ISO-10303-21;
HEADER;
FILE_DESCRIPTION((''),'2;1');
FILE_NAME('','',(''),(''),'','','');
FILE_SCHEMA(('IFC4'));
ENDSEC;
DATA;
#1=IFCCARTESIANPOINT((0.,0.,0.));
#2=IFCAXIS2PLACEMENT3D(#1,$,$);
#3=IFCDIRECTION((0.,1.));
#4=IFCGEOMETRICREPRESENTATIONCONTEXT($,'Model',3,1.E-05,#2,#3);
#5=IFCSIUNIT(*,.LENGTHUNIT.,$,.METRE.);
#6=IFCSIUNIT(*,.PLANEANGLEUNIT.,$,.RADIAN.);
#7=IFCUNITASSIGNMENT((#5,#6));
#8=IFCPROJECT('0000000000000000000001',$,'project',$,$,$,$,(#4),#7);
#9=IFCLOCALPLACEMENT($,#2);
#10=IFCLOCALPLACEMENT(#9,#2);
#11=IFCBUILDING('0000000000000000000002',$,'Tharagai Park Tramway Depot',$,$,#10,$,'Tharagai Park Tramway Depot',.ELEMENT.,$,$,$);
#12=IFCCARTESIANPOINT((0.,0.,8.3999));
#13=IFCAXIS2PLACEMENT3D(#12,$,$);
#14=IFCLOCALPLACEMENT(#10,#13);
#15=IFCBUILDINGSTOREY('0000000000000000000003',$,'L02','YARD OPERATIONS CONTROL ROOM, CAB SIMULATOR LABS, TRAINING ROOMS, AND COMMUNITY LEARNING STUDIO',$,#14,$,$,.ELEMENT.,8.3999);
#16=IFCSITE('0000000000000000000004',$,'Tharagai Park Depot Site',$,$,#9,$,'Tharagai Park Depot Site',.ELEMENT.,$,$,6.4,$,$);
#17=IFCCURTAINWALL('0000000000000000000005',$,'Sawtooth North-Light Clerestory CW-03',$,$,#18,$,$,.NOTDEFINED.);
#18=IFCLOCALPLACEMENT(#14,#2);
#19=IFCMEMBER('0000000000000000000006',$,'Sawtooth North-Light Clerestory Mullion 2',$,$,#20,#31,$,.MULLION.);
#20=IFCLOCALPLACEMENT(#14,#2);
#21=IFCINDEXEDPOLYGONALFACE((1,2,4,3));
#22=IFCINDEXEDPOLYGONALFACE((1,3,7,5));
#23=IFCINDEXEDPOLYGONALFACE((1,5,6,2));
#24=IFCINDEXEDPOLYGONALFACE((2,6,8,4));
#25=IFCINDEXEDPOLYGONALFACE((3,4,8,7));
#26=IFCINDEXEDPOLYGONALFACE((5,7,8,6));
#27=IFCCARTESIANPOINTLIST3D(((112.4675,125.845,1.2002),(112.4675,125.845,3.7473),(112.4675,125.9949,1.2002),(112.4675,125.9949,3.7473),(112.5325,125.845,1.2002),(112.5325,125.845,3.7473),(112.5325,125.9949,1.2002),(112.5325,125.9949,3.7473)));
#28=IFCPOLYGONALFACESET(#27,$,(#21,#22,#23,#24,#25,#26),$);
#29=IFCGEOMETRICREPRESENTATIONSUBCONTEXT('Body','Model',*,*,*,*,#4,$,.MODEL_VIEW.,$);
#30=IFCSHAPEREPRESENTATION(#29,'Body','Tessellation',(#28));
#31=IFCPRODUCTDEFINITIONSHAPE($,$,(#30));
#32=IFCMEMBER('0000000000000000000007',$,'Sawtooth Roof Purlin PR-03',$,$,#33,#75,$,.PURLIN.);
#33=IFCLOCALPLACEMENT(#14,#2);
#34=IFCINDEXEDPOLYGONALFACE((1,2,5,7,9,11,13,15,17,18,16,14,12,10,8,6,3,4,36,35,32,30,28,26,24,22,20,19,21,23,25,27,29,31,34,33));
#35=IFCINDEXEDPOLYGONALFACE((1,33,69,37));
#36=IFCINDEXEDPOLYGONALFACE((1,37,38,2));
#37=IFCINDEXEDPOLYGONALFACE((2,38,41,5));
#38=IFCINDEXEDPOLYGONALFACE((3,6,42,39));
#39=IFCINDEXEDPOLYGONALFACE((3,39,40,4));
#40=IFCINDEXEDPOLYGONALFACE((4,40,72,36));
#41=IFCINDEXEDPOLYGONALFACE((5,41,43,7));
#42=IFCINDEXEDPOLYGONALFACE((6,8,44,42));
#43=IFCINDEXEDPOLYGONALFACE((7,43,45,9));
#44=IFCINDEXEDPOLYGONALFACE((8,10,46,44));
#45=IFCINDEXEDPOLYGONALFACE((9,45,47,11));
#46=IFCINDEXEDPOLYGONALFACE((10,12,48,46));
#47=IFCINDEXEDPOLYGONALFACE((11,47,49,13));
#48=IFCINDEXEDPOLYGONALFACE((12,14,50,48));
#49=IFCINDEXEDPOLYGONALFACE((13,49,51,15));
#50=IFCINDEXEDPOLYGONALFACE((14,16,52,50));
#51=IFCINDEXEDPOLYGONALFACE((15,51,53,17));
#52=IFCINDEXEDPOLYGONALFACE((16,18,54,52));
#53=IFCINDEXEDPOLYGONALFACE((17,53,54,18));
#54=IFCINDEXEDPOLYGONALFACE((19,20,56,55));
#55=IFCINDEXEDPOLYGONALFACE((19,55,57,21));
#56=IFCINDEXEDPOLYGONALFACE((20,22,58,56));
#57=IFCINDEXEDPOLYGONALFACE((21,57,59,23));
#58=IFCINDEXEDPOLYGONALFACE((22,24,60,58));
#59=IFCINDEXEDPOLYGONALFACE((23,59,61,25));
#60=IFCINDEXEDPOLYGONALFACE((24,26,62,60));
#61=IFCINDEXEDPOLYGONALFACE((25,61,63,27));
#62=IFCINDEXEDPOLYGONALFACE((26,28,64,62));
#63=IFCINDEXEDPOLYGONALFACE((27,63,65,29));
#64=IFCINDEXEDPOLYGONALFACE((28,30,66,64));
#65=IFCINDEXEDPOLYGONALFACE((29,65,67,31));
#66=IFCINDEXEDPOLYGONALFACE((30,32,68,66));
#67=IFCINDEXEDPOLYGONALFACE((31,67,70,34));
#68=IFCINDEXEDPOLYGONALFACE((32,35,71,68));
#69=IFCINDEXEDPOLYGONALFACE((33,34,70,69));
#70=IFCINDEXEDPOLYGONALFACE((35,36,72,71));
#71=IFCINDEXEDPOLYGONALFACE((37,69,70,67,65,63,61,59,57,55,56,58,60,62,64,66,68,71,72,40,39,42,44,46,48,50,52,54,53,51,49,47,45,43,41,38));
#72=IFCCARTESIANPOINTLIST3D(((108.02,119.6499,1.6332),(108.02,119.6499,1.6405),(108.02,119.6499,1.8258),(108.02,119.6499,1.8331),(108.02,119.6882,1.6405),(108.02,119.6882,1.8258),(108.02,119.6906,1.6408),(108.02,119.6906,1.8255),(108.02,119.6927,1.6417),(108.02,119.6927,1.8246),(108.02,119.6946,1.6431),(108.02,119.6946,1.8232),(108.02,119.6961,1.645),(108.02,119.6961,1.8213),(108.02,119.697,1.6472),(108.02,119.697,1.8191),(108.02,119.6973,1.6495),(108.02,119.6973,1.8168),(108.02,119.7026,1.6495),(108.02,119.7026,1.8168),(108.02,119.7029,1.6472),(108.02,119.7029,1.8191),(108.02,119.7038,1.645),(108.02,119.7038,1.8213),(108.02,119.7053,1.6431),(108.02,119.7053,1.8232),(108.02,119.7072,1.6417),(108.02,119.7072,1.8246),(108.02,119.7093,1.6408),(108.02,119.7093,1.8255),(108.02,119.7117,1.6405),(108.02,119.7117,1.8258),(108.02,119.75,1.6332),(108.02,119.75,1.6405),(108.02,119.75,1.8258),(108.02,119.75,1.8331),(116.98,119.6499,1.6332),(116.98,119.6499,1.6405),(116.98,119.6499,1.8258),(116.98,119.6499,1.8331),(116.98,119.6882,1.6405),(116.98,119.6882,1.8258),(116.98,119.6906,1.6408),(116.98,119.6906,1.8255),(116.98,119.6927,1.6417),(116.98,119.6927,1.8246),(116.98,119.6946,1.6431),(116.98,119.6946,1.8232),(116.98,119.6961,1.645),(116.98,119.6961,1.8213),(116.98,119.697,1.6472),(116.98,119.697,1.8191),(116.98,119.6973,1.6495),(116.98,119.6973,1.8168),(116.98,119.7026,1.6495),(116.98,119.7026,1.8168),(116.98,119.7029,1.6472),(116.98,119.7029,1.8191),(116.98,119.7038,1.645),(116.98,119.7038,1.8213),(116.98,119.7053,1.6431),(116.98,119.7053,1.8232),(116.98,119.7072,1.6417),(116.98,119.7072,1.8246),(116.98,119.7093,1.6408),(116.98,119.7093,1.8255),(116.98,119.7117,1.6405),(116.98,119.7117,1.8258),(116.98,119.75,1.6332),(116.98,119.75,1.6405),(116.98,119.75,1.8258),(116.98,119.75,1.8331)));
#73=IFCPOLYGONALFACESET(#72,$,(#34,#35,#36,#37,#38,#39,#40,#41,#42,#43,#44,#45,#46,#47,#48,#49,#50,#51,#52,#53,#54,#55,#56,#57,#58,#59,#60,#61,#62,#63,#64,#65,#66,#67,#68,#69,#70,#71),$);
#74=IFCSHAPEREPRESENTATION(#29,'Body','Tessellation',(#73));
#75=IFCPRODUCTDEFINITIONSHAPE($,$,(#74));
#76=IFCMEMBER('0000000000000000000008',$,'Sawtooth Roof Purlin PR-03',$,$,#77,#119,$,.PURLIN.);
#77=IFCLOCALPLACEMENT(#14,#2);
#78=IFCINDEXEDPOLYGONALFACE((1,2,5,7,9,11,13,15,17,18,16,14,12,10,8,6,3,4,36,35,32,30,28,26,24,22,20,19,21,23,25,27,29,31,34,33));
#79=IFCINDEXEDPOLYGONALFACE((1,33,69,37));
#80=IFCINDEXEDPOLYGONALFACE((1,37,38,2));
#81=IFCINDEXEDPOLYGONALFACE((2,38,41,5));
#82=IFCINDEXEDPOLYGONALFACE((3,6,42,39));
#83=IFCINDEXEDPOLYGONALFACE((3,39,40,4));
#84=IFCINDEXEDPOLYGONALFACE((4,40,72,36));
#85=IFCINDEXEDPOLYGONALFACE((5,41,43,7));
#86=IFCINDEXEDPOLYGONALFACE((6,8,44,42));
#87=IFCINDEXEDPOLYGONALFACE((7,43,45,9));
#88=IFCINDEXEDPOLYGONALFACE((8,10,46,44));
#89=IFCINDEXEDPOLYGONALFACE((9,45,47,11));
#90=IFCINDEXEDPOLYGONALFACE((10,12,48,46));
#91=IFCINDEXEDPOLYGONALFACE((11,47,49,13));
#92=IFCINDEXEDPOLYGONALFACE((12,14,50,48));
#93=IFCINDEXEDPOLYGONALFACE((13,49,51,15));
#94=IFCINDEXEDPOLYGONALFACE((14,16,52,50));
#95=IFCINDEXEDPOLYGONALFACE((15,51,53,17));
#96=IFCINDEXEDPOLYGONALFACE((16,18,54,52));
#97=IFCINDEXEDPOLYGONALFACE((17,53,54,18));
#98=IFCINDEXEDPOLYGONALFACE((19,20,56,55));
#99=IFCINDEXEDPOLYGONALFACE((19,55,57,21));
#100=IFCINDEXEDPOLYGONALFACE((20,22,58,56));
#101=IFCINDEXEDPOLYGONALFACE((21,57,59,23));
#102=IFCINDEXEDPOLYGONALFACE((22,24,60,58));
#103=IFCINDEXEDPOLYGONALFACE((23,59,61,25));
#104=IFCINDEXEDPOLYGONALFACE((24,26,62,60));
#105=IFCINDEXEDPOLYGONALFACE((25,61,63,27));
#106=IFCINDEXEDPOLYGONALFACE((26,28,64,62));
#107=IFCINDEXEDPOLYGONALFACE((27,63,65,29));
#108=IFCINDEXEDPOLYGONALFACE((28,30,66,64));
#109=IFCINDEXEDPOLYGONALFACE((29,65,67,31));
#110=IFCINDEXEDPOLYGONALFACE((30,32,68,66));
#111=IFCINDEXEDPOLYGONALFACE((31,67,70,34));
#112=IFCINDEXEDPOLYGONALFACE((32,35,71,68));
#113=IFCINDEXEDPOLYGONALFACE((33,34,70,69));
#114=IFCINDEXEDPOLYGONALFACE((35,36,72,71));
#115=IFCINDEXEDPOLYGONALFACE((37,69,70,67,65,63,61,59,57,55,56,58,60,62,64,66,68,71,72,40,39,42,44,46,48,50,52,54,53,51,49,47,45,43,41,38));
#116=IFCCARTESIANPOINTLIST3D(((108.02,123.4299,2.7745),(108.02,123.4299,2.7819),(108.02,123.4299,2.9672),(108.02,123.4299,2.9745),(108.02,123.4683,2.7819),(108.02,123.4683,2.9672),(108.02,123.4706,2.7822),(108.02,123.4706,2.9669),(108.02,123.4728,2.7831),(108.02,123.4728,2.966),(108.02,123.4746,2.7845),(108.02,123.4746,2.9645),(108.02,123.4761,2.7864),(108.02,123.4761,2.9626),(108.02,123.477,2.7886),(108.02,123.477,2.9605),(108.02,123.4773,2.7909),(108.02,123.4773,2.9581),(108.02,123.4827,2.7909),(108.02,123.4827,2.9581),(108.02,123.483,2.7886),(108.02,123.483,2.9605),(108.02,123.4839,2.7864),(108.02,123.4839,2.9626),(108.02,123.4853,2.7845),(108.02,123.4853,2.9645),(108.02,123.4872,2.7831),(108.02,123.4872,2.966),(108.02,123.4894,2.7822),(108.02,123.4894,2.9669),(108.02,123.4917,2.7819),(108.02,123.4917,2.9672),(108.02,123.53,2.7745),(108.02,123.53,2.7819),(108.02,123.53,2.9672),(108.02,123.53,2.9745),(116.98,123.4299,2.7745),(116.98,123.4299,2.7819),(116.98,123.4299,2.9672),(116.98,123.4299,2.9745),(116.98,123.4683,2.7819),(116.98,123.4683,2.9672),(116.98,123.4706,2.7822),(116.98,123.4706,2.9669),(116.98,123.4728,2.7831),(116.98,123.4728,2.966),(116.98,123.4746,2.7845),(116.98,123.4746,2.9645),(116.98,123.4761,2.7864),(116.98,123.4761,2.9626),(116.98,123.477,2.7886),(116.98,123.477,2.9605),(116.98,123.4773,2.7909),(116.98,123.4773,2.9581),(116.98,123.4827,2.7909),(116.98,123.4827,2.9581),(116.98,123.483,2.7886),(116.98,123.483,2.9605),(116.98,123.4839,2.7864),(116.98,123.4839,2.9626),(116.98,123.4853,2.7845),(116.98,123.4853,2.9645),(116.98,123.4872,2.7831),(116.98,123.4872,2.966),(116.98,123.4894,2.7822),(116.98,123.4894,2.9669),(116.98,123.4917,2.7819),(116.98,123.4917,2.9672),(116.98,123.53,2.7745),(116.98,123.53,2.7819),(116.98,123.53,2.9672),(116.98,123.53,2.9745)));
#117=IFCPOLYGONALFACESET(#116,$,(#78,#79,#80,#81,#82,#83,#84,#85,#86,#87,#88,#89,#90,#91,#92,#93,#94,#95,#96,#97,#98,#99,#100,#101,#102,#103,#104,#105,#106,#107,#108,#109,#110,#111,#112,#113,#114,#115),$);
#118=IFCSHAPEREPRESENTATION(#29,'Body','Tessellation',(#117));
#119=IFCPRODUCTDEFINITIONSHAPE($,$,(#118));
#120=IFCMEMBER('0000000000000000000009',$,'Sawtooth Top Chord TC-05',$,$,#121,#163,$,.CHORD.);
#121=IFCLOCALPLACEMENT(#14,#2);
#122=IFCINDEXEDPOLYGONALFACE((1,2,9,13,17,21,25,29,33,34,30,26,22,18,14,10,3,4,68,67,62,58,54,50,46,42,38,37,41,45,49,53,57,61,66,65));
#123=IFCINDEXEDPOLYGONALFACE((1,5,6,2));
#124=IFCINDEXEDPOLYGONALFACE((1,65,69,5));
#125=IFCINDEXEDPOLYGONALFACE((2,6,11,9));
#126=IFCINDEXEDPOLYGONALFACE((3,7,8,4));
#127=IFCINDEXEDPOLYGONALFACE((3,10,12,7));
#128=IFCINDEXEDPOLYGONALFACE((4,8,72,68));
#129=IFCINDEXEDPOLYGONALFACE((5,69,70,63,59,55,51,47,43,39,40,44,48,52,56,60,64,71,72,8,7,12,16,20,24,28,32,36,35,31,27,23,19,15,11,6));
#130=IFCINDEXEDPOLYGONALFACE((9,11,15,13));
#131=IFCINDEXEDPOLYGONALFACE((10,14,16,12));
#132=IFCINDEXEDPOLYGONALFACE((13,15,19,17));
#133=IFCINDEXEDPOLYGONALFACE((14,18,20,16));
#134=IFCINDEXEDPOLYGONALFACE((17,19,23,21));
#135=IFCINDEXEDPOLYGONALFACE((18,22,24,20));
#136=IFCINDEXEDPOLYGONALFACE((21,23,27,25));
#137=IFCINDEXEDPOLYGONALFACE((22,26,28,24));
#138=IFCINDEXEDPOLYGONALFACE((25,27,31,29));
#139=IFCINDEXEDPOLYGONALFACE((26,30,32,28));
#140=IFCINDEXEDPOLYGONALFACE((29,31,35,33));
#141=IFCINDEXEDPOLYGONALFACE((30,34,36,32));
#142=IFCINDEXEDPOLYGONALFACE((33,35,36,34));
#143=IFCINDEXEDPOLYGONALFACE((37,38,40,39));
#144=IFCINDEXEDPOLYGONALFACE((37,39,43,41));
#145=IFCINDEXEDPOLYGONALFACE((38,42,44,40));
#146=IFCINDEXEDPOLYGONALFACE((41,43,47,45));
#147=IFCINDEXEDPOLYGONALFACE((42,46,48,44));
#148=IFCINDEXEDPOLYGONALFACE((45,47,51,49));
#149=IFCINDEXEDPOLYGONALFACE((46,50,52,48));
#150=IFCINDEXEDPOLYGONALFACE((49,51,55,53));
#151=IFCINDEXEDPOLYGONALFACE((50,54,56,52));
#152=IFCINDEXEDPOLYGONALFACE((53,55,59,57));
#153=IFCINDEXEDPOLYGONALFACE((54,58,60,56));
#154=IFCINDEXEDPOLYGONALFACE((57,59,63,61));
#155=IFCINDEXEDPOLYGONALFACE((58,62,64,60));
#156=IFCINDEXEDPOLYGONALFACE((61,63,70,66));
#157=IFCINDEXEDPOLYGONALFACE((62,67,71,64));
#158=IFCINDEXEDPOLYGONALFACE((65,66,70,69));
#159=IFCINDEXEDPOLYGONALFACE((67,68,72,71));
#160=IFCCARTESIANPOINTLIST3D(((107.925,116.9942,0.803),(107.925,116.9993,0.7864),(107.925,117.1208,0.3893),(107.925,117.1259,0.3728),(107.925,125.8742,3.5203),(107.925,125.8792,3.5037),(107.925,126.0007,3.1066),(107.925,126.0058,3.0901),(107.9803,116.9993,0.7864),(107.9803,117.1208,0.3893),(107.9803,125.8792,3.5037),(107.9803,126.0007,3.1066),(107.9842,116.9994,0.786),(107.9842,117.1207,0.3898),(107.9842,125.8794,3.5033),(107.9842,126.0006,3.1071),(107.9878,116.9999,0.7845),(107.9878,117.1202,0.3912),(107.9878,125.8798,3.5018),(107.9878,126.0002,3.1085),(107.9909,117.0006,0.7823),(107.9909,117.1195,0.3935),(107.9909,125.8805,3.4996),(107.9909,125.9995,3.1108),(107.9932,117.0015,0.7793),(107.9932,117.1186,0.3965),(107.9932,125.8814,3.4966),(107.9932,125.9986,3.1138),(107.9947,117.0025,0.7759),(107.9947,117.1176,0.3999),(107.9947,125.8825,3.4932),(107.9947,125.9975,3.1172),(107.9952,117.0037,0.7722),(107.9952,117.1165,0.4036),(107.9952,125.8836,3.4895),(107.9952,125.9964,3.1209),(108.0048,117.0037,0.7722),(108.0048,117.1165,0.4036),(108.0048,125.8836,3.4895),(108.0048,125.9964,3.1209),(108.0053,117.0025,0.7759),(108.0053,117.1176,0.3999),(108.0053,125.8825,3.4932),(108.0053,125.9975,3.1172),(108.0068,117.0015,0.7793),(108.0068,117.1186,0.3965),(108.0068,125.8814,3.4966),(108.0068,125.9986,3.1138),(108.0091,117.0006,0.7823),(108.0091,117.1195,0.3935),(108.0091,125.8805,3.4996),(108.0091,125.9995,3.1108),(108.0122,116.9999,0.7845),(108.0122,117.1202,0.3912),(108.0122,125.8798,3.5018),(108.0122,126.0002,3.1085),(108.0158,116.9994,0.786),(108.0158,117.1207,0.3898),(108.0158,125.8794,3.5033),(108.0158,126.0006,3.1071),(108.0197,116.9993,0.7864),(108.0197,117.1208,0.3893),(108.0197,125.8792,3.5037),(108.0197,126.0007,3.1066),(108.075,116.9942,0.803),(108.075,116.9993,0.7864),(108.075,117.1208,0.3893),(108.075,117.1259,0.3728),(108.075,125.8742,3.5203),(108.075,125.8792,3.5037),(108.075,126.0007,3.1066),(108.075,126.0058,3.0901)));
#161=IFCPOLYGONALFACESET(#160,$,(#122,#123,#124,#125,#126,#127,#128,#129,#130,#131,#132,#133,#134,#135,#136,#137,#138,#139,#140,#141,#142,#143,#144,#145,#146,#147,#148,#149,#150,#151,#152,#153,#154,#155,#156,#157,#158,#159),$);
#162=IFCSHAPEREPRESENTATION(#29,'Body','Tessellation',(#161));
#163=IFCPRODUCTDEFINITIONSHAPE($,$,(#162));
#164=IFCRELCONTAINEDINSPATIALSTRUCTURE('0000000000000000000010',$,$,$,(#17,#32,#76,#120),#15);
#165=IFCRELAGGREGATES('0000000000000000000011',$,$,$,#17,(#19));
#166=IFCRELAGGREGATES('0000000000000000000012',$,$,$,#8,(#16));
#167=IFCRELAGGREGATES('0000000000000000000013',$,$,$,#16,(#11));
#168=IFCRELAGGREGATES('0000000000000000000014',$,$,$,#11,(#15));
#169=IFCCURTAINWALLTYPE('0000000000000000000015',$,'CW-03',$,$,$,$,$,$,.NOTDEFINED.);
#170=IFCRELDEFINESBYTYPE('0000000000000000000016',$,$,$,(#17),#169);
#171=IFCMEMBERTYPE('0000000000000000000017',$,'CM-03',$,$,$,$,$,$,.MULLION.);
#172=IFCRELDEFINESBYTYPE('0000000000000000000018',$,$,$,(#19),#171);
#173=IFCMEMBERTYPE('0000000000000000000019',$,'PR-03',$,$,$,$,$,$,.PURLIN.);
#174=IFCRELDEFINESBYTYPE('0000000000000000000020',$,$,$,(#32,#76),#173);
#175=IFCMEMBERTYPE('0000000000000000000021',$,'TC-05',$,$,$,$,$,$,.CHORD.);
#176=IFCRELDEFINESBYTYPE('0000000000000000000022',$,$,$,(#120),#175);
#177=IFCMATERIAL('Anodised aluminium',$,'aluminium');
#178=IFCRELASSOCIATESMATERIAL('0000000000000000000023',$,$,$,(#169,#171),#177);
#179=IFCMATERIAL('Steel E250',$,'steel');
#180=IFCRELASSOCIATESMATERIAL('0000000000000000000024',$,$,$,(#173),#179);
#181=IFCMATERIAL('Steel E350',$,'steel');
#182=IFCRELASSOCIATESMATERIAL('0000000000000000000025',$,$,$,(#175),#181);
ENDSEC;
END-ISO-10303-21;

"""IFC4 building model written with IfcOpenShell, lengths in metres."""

from ifc_helpers import new_model, si_unit, direction, frame, origin, origin_2d, place, context, subcontext, project, spatial, rectangle, i_section, extrude, material, material_profile, profile_set, type_object, element, aggregate, save


model = new_model("IFC4")

# Units and contexts
model_context = context("Model", 3, precision=1e-05, world=origin(), true_north=direction((0.0, 1.0)))
body_context = subcontext(model_context, "Body", "Model", "MODEL_VIEW")
ifc_project = project(units=[si_unit("LENGTHUNIT", "METRE"), si_unit("PLANEANGLEUNIT", "RADIAN")], contexts=[model_context])

# Site, building, storey
site_placement = place(None, origin())
site = spatial("IfcSite", under=ifc_project, at=site_placement, Name="Tharagai Park Depot Site", LongName="Tharagai Park Depot Site", CompositionType="ELEMENT", RefElevation=6.4)
building_placement = place(site_placement, origin())
building = spatial("IfcBuilding", under=site, at=building_placement, Name="Tharagai Park Tramway Depot", LongName="Tharagai Park Tramway Depot", CompositionType="ELEMENT")
storey_placement = place(building_placement, frame((0.0, 0.0, 8.3999)))
storey = spatial("IfcBuildingStorey", under=building, at=storey_placement, Name="L02", Description="YARD OPERATIONS CONTROL ROOM, CAB SIMULATOR LABS, TRAINING ROOMS, AND COMMUNITY LEARNING STUDIO", CompositionType="ELEMENT", Elevation=8.3999)

# Shared definitions
ifc_material_1 = material(Name="Steel E350", Category="steel")

# Curtain wall
ifc_material_2 = material(Name="Anodised aluminium", Category="aluminium")
curtain_wall_type_1 = type_object("IfcCurtainWallType", Name="CW-03", PredefinedType="NOTDEFINED", material=ifc_material_2)
curtain_wall_1_placement = place(storey_placement, origin())
curtain_wall_1 = element("IfcCurtainWall", 1, at=curtain_wall_1_placement, inside=storey, type_object=curtain_wall_type_1, Name="Sawtooth North-Light Clerestory CW-03", PredefinedType="NOTDEFINED")

# Shared definitions
ifc_material_profile_1 = material_profile(ifc_material_2, rectangle(XDim=0.0649, YDim=0.1499, at=origin_2d()), Name="ALU 65x150")
ifc_profile_set_1 = profile_set([ifc_material_profile_1], Name="Anodised aluminium")
member_type_1 = type_object("IfcMemberType", Name="CM-03", PredefinedType="MULLION", material=ifc_profile_set_1)

# Member
member_1_placement = place(storey_placement, frame((112.5, 125.9199, 1.2002), z_axis=(0.0, 0.0, 1.0), x_axis=(1.0, 0.0, 0.0)))
member_1 = element("IfcMember", 2, at=member_1_placement, type_object=member_type_1, Name="Sawtooth North-Light Clerestory Mullion 2", PredefinedType="MULLION", context=body_context, shape_type="SweptSolid", body=[
    extrude(rectangle(XDim=0.0649, YDim=0.1499, at=origin_2d()), origin(), (0.0, 0.0, 1.0), 2.5471),
])

# Members
ifc_material_3 = material(Name="Steel E250", Category="steel")
ifc_material_profile_2 = material_profile(ifc_material_3, i_section(OverallWidth=0.1001, OverallDepth=0.2, WebThickness=0.0054, FlangeThickness=0.0073, FilletRadius=0.009, at=origin_2d()), Name="ISLB 200")
ifc_profile_set_2 = profile_set([ifc_material_profile_2], Name="Steel E250")
member_type_2 = type_object("IfcMemberType", Name="PR-03", PredefinedType="PURLIN", material=ifc_profile_set_2)
for number, where, z_axis, x_axis, name in (
    (3, (108.02, 119.7, 1.7332), (1.0, 0.0, 0.0), (0.0, 1.0, 0.0), "Sawtooth Roof Purlin PR-03"),
    (4, (108.02, 123.48, 2.8745), (1.0, 0.0, 0.0), (0.0, 1.0, 0.0), "Sawtooth Roof Purlin PR-03"),
):
    element("IfcMember", number, at=place(storey_placement, frame(where, z_axis=z_axis, x_axis=x_axis)), inside=storey, type_object=member_type_2, Name=name, PredefinedType="PURLIN", context=body_context, shape_type="SweptSolid", body=[
        extrude(i_section(OverallWidth=0.1001, OverallDepth=0.2, WebThickness=0.0054, FlangeThickness=0.0073, FilletRadius=0.009, at=origin_2d()), origin(), (0.0, 0.0, 1.0), 8.96),
    ])
ifc_material_profile_3 = material_profile(ifc_material_1, i_section(OverallWidth=0.1499, OverallDepth=0.45, WebThickness=0.0095, FlangeThickness=0.0173, FilletRadius=0.0149, at=origin_2d()), Name="ISMB 450")
ifc_profile_set_3 = profile_set([ifc_material_profile_3], Name="Steel E350")
member_type_3 = type_object("IfcMemberType", Name="TC-05", PredefinedType="CHORD", material=ifc_profile_set_3)
member_2_placement = place(storey_placement, frame((108.0, 117.0601, 0.5879), z_axis=(0.0, 0.956231, 0.292611), x_axis=(-1.0, 0.0, 0.0)))
element("IfcMember", 5, at=member_2_placement, inside=storey, type_object=member_type_3, Name="Sawtooth Top Chord TC-05", PredefinedType="CHORD", context=body_context, shape_type="SweptSolid", body=[
    extrude(i_section(OverallWidth=0.1499, OverallDepth=0.45, WebThickness=0.0095, FlangeThickness=0.0173, FilletRadius=0.0149, at=origin_2d()), origin(), (0.0, 0.0, 1.0), 9.2864),
])

aggregate(curtain_wall_1, [member_1])

save(model, "model.ifc")
